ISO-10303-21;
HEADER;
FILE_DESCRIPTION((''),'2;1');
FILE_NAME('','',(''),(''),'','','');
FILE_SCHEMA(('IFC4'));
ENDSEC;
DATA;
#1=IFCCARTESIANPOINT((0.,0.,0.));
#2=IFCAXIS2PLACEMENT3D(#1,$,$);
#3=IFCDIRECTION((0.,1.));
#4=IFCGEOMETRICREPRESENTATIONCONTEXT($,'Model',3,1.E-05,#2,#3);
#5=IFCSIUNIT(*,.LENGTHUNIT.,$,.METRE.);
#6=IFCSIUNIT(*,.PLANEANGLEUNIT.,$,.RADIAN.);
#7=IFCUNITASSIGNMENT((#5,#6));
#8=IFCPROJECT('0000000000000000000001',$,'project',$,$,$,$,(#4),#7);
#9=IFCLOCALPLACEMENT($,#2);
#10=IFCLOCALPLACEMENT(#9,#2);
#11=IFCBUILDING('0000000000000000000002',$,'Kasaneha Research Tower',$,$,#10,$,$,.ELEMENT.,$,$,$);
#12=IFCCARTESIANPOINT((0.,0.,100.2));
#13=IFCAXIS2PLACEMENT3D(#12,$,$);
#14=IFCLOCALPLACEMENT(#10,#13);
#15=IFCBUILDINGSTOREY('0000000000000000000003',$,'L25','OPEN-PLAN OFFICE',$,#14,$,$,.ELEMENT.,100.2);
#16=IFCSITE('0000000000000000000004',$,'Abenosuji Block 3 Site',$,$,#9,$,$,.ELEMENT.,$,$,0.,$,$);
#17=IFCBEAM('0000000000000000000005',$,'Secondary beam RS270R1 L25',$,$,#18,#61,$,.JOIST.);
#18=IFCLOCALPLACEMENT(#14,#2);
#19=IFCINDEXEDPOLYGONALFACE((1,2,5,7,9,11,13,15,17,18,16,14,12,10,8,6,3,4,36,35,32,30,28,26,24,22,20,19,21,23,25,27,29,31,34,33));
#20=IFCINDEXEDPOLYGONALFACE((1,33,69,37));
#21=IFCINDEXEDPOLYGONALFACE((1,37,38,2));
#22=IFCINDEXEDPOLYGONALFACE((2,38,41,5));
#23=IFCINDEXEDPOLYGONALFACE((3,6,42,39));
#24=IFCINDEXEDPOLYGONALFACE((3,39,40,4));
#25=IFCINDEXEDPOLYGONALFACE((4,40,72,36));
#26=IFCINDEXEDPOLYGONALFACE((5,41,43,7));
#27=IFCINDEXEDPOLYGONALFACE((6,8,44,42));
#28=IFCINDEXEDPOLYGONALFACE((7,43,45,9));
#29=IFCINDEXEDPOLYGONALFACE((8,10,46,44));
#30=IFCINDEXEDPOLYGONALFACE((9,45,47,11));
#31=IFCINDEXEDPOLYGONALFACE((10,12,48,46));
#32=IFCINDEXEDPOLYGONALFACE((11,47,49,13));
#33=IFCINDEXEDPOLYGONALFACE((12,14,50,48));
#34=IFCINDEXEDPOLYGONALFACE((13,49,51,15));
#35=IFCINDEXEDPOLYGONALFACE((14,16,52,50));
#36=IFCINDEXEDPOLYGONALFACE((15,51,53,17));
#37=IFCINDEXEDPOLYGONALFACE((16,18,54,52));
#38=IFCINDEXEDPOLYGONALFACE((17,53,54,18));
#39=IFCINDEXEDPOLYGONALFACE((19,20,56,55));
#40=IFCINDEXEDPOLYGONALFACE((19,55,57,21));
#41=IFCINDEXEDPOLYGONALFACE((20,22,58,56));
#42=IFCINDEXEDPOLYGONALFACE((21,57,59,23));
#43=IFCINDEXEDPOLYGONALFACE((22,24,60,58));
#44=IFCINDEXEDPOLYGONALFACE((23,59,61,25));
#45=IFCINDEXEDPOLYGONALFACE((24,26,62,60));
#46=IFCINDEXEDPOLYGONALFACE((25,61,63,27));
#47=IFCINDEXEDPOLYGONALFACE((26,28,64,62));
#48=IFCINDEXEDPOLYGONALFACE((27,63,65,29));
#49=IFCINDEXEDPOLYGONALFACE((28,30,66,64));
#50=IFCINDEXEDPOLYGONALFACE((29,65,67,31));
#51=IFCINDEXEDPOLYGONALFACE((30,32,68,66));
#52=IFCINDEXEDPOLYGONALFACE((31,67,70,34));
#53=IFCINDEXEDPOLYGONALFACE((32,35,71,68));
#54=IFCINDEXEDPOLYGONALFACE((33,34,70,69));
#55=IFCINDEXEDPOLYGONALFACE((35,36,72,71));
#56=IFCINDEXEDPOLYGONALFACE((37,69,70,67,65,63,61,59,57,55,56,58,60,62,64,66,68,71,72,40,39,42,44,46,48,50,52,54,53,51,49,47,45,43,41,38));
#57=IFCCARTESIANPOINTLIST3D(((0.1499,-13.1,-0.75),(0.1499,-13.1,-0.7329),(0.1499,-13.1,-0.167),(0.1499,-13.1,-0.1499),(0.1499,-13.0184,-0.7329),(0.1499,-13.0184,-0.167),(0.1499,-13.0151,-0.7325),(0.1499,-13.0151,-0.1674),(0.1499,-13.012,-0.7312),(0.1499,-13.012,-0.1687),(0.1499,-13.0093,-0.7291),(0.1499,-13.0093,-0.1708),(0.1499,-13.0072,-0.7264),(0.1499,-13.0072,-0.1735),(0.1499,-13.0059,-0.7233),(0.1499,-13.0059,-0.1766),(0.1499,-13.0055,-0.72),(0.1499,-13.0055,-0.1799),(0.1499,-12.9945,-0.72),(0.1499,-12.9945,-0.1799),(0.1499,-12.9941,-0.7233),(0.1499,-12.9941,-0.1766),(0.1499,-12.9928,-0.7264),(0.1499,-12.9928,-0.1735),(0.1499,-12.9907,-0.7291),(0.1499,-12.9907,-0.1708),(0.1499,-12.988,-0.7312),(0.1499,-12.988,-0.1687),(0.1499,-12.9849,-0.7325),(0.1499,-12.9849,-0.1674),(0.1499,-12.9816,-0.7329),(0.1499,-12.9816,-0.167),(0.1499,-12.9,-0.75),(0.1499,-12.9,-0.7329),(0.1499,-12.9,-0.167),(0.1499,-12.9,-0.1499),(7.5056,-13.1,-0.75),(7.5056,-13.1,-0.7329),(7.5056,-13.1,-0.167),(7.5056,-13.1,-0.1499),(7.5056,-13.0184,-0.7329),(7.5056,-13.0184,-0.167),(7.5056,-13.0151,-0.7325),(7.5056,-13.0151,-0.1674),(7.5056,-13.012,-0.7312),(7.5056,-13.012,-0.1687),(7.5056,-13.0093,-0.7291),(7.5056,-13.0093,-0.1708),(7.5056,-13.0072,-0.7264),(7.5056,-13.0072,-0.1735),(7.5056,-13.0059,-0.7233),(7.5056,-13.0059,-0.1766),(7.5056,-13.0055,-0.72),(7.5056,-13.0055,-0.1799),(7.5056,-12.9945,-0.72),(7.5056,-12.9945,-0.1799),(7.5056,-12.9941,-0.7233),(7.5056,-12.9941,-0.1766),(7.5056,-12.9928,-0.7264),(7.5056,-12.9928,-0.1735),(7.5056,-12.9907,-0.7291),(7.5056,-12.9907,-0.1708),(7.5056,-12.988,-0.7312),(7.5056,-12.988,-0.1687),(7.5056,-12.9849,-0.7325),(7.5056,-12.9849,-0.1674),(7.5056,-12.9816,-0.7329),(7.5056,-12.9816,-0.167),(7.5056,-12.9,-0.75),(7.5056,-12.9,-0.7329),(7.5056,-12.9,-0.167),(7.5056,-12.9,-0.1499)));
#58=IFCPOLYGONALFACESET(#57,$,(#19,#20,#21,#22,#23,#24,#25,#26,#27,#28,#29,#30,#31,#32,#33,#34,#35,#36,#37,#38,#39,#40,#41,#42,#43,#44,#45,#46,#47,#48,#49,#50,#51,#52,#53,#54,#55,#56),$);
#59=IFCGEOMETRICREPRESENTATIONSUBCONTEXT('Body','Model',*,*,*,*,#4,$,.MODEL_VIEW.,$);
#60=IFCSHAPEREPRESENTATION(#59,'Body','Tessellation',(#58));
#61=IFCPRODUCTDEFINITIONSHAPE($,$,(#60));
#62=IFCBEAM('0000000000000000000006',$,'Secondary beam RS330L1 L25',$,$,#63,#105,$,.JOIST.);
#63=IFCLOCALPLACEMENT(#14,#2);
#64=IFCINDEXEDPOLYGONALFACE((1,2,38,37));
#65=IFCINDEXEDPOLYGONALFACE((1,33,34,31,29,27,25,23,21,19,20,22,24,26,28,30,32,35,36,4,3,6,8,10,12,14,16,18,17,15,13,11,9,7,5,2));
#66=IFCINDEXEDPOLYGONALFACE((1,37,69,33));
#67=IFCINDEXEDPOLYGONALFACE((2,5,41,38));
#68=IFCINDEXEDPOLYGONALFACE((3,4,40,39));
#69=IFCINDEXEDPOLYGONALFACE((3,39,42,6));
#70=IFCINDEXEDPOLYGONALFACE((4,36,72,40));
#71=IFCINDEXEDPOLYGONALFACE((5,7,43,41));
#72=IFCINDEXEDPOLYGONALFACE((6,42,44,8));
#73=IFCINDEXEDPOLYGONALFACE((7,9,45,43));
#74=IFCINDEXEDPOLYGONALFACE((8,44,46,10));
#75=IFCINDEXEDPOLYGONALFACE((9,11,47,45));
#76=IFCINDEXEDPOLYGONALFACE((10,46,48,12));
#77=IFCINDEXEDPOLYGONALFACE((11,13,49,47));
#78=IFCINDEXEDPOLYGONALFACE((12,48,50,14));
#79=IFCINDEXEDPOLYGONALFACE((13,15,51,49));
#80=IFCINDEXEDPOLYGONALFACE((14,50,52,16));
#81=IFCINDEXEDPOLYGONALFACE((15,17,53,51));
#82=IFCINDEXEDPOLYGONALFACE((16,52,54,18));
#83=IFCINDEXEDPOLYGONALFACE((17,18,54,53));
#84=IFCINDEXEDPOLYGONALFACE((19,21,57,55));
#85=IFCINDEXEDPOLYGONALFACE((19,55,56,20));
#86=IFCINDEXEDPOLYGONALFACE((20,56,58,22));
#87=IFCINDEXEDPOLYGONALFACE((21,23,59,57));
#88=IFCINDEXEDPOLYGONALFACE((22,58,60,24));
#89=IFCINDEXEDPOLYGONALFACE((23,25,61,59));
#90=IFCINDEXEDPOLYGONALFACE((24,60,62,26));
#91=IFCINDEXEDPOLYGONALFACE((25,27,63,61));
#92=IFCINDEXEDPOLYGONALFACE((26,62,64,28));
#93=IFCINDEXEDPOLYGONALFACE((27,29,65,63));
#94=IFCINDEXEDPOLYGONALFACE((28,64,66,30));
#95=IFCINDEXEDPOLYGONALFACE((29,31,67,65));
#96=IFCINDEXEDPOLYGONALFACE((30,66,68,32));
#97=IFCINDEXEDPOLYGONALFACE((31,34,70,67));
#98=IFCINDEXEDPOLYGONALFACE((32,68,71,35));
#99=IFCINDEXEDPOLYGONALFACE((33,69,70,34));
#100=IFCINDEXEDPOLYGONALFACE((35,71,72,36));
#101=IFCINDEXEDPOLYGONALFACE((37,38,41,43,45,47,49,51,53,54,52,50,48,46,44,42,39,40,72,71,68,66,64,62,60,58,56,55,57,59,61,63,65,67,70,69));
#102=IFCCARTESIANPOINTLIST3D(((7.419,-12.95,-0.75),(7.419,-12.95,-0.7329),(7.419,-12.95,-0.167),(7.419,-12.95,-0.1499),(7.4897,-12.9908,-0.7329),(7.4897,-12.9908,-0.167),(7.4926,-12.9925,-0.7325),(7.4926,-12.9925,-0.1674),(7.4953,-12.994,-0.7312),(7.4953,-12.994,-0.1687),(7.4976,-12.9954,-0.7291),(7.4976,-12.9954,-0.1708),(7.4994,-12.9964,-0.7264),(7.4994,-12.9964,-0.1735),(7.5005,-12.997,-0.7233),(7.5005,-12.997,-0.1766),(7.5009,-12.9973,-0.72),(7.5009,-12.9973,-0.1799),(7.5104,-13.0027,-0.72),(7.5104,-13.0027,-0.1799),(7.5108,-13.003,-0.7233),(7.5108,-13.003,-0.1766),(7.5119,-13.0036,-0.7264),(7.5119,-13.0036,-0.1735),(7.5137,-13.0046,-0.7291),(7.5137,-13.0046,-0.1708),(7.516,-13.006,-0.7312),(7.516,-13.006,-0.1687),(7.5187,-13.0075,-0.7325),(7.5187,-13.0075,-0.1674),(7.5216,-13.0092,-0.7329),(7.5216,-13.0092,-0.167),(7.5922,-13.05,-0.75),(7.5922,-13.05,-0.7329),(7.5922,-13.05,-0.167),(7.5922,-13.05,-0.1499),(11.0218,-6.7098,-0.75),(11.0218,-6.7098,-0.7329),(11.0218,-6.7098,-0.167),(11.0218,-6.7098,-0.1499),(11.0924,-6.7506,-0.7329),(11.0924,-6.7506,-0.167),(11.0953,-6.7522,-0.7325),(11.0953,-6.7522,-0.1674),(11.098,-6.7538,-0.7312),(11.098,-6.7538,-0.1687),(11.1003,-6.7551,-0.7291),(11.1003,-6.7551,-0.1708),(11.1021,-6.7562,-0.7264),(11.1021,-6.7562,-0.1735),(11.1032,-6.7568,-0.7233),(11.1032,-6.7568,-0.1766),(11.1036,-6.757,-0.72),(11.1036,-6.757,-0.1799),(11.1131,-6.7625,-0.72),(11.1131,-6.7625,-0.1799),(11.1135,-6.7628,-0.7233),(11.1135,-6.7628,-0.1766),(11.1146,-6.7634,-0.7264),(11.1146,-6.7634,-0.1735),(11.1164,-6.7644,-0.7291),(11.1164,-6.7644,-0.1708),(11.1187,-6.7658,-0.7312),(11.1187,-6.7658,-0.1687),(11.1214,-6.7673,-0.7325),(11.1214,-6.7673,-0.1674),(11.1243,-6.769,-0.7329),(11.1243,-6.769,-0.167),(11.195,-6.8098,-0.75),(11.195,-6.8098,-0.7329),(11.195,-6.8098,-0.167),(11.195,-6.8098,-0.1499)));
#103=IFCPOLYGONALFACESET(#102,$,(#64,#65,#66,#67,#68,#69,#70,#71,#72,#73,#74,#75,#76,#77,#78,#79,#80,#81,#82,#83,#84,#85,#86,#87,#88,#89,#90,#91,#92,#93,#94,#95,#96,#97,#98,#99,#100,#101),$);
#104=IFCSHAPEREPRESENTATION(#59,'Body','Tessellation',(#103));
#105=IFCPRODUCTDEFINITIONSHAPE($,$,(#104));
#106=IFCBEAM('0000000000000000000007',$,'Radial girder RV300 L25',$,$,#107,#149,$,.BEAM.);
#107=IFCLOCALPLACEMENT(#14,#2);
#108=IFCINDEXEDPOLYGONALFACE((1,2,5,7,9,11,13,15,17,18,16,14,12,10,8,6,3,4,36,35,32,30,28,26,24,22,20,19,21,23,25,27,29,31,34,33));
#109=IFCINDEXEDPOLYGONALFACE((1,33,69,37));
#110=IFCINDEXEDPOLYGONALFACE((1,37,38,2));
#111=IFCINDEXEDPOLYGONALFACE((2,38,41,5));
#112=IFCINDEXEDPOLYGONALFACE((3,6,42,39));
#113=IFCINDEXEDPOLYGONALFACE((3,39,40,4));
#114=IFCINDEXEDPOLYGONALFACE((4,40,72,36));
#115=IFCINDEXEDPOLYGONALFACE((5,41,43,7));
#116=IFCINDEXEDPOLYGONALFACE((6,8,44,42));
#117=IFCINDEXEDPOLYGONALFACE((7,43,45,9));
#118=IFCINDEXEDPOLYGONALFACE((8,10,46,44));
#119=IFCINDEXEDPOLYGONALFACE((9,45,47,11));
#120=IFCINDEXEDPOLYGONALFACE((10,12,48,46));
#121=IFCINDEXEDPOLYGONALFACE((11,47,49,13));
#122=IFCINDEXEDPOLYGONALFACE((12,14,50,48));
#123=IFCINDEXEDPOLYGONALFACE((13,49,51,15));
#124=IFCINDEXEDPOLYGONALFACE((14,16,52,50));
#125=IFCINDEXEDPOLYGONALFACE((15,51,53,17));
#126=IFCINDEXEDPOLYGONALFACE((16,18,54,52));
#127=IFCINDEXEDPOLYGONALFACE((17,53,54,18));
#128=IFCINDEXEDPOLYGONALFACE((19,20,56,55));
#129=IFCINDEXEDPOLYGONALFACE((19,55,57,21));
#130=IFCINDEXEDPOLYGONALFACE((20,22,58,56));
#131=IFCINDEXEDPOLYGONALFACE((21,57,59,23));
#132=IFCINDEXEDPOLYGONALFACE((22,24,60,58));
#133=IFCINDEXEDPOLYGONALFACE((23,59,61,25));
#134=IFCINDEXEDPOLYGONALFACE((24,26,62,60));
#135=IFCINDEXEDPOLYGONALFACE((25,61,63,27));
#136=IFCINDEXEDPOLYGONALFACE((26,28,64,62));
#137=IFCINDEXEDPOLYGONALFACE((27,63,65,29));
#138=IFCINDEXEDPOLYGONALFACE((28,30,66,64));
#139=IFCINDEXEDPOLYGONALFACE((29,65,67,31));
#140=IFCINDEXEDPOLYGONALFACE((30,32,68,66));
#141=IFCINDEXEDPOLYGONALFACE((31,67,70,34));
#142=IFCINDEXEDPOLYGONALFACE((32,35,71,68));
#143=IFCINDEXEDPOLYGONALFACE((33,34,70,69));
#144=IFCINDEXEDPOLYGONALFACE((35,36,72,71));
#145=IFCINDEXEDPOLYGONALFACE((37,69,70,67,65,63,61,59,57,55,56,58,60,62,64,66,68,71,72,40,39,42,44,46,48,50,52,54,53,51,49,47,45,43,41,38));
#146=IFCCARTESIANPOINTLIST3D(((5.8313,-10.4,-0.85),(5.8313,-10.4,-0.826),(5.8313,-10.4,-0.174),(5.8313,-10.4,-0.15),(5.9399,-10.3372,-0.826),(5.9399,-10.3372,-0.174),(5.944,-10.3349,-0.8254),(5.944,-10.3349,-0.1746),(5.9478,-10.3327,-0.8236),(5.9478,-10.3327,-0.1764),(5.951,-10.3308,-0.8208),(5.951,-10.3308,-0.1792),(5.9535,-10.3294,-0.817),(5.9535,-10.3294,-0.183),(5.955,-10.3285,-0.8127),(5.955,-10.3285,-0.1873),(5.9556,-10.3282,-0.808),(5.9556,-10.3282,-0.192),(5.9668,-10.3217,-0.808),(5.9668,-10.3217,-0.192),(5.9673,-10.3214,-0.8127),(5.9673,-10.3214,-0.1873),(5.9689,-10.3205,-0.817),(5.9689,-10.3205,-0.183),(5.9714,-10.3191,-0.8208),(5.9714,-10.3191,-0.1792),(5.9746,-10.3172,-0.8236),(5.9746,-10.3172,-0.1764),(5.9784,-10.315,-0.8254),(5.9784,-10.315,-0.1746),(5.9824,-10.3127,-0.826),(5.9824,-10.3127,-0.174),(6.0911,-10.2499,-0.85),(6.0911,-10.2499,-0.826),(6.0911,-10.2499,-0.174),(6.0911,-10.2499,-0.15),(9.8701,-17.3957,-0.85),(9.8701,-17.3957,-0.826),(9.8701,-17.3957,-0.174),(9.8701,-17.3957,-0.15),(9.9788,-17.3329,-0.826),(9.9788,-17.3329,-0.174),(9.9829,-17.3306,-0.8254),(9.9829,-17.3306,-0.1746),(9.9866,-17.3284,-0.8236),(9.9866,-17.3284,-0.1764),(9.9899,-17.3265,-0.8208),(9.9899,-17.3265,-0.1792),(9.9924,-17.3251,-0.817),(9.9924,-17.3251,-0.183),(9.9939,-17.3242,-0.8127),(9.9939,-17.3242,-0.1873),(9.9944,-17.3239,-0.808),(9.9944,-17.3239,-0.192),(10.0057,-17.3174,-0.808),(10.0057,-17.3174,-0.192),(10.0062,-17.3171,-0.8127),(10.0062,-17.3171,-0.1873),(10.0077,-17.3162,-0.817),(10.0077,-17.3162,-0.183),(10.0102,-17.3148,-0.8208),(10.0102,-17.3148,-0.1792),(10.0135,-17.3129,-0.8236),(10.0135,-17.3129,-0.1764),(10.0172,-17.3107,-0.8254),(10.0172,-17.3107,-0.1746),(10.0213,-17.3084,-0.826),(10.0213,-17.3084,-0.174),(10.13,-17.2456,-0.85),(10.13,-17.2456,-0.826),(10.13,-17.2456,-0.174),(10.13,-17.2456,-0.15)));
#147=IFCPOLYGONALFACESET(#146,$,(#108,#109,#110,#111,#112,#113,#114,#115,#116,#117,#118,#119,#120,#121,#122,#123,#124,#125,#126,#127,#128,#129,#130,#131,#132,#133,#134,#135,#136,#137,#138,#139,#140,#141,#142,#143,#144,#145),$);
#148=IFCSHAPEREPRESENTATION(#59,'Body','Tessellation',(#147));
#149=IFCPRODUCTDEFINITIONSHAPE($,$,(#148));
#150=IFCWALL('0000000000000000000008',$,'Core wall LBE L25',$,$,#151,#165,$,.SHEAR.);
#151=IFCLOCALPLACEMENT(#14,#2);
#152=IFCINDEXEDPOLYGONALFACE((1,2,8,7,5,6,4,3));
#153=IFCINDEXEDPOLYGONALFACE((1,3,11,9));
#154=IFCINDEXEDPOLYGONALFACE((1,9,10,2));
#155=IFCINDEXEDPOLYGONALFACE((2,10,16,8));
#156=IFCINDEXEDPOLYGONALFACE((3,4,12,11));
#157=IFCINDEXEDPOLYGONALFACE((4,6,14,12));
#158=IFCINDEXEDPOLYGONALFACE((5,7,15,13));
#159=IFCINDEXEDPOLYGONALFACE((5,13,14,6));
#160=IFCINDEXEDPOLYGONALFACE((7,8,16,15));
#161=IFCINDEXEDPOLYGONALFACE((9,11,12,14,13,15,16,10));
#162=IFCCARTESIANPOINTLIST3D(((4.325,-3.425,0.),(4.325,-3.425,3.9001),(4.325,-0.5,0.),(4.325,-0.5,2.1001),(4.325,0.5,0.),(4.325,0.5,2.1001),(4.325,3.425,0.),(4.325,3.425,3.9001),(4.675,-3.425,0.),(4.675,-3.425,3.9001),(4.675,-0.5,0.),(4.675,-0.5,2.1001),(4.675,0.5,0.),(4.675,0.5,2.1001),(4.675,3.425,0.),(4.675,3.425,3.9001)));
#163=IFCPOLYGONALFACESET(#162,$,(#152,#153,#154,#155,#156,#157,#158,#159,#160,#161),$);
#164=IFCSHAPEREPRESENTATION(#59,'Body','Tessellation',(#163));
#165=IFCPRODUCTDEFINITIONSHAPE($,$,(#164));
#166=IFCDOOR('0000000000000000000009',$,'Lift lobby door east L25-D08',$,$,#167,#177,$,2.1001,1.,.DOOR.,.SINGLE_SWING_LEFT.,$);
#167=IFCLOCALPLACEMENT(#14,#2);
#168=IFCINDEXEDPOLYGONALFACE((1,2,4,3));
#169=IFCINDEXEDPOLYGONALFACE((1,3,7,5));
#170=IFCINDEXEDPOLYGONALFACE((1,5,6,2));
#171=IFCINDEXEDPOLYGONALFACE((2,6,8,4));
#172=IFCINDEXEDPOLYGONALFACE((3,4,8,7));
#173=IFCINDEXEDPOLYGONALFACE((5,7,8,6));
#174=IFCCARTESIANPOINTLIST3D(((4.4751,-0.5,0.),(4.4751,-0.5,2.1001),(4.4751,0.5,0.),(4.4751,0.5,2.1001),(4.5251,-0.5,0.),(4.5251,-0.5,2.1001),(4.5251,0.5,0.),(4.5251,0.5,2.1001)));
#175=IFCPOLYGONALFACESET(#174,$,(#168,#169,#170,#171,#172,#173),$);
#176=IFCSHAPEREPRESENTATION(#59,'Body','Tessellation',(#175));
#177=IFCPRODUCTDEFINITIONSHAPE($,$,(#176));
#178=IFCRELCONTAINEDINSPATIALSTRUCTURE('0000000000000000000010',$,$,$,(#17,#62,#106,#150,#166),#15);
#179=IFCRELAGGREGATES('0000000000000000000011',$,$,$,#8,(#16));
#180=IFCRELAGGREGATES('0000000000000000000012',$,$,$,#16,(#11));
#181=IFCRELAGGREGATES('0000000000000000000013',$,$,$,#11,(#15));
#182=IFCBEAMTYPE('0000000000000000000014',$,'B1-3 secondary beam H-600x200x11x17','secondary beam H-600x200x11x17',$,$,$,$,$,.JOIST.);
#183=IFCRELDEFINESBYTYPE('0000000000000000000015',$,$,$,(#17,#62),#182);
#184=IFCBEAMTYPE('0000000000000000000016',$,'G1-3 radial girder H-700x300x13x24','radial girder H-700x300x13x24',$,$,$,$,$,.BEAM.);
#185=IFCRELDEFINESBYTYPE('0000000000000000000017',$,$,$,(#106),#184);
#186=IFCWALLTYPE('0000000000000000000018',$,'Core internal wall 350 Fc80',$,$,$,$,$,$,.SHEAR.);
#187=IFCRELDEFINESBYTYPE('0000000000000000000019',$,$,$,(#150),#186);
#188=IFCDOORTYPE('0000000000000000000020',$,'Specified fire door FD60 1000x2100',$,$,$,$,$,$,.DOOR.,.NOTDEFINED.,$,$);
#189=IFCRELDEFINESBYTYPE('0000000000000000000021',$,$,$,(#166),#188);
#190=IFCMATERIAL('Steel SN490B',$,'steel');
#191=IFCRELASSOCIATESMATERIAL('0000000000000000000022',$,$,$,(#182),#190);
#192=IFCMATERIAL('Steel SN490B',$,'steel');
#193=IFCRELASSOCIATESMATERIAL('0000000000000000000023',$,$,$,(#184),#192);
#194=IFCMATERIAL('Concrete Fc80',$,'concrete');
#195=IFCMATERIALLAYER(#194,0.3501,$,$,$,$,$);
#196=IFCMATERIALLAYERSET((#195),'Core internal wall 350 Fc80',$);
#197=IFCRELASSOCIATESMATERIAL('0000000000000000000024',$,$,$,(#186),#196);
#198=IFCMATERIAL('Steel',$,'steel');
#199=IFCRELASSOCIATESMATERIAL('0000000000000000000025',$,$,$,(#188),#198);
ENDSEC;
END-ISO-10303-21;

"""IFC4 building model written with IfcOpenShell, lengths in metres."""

from ifc_helpers import new_model, si_unit, direction, frame, frame_2d, origin, origin_2d, place, context, subcontext, project, spatial, rectangle, i_section, extrude, material, layer, layer_set, material_profile, profile_set, type_object, element, fill, save


model = new_model("IFC4")

# Units and contexts
model_context = context("Model", 3, precision=1e-05, world=origin(), true_north=direction((0.0, 1.0)))
body_context = subcontext(model_context, "Body", "Model", "MODEL_VIEW")
ifc_project = project(units=[si_unit("LENGTHUNIT", "METRE"), si_unit("PLANEANGLEUNIT", "RADIAN")], contexts=[model_context])

# Site, building, storey
site_placement = place(None, origin())
site = spatial("IfcSite", under=ifc_project, at=site_placement, Name="Abenosuji Block 3 Site", CompositionType="ELEMENT", RefElevation=0.0)
building_placement = place(site_placement, origin())
building = spatial("IfcBuilding", under=site, at=building_placement, Name="Kasaneha Research Tower", CompositionType="ELEMENT")
storey_placement = place(building_placement, frame((0.0, 0.0, 100.2)))
storey = spatial("IfcBuildingStorey", under=building, at=storey_placement, Name="L25", Description="OPEN-PLAN OFFICE", CompositionType="ELEMENT", Elevation=100.2)

# Beams
ifc_material_1 = material(Name="Steel SN490B", Category="steel")
ifc_material_profile_1 = material_profile(ifc_material_1, i_section(OverallWidth=0.2, OverallDepth=0.6001, WebThickness=0.011, FlangeThickness=0.0171, FilletRadius=0.0129, at=origin_2d()), Name="H-600x200x11x17")
ifc_profile_set_1 = profile_set([ifc_material_profile_1], Name="Steel SN490B")
beam_type_1 = type_object("IfcBeamType", Name="B1-3 secondary beam H-600x200x11x17", Description="secondary beam H-600x200x11x17", PredefinedType="JOIST", material=ifc_profile_set_1)
beam_1_placement = place(storey_placement, frame((7.5056, -13.0, -0.45), z_axis=(-1.0, 0.0, 0.0), x_axis=(0.0, -1.0, 0.0)))
element("IfcBeam", 1, at=beam_1_placement, inside=storey, type_object=beam_type_1, Name="Secondary beam RS270R1 L25", PredefinedType="JOIST", context=body_context, shape_type="SweptSolid", body=[
    extrude(i_section(OverallWidth=0.2, OverallDepth=0.6001, WebThickness=0.011, FlangeThickness=0.0171, FilletRadius=0.0129, at=origin_2d()), origin(), (0.0, 0.0, 1.0), 7.3557),
])
beam_2_placement = place(storey_placement, frame((7.5056, -13.0, -0.45), z_axis=(0.499998, 0.866026, 0.0), x_axis=(-0.866026, 0.499998, 0.0)))
element("IfcBeam", 2, at=beam_2_placement, inside=storey, type_object=beam_type_1, Name="Secondary beam RS330L1 L25", PredefinedType="JOIST", context=body_context, shape_type="SweptSolid", body=[
    extrude(i_section(OverallWidth=0.2, OverallDepth=0.6001, WebThickness=0.011, FlangeThickness=0.0171, FilletRadius=0.0129, at=origin_2d()), origin(), (0.0, 0.0, 1.0), 7.2056),
])
ifc_material_2 = material(Name="Steel SN490B", Category="steel")
ifc_material_profile_2 = material_profile(ifc_material_2, i_section(OverallWidth=0.3, OverallDepth=0.7, WebThickness=0.0129, FlangeThickness=0.0239, FilletRadius=0.0181, at=origin_2d()), Name="H-700x300x13x24")
ifc_profile_set_2 = profile_set([ifc_material_profile_2], Name="Steel SN490B")
beam_type_2 = type_object("IfcBeamType", Name="G1-3 radial girder H-700x300x13x24", Description="radial girder H-700x300x13x24", PredefinedType="BEAM", material=ifc_profile_set_2)
beam_3_placement = place(storey_placement, frame((5.9612, -10.325, -0.5), z_axis=(0.499991, -0.866031, 0.0), x_axis=(0.866031, 0.499991, 0.0)))
element("IfcBeam", 3, at=beam_3_placement, inside=storey, type_object=beam_type_2, Name="Radial girder RV300 L25", PredefinedType="BEAM", context=body_context, shape_type="SweptSolid", body=[
    extrude(i_section(OverallWidth=0.3, OverallDepth=0.7, WebThickness=0.0129, FlangeThickness=0.0239, FilletRadius=0.0181, at=origin_2d()), origin(), (0.0, 0.0, 1.0), 8.0779),
])

# Wall, opening, door
ifc_material_3 = material(Name="Concrete Fc80", Category="concrete")
ifc_layer_1 = layer(ifc_material_3, 0.3501)
ifc_layer_set_1 = layer_set([ifc_layer_1], Name="Core internal wall 350 Fc80")
wall_type_1 = type_object("IfcWallType", Name="Core internal wall 350 Fc80", PredefinedType="SHEAR", material=ifc_layer_set_1)
wall_1_placement = place(storey_placement, frame((4.5, -3.425, 0.0), z_axis=(0.0, 0.0, 1.0), x_axis=(0.0, 1.0, 0.0)))
wall_1 = element("IfcWall", 4, at=wall_1_placement, inside=storey, type_object=wall_type_1, Name="Core wall LBE L25", PredefinedType="SHEAR", context=body_context, shape_type="SweptSolid", body=[
    extrude(rectangle(XDim=6.8501, YDim=0.3501, at=frame_2d((3.425, 0.0))), origin(), (0.0, 0.0, 1.0), 3.9001),
])
opening_1_placement = place(wall_1_placement, frame((2.925, 0.0, 0.0)))
opening_1 = element("IfcOpeningElement", 5, at=opening_1_placement, cuts=wall_1, PredefinedType="OPENING", context=body_context, shape_type="SweptSolid", body=[
    extrude(rectangle(XDim=1.0, YDim=2.1001, at=frame_2d((0.5, 1.05))), frame((0.0, 0.1851, 0.0), z_axis=(0.0, -1.0, 0.0), x_axis=(1.0, 0.0, 0.0)), (0.0, 0.0, 1.0), 0.3701),
])
ifc_material_4 = material(Name="Steel", Category="steel")
door_type_1 = type_object("IfcDoorType", Name="Specified fire door FD60 1000x2100", OperationType="NOTDEFINED", PredefinedType="DOOR", material=ifc_material_4)
door_1_placement = place(opening_1_placement, origin())
door_1 = element("IfcDoor", 6, at=door_1_placement, inside=storey, type_object=door_type_1, Name="Lift lobby door east L25-D08", OperationType="SINGLE_SWING_LEFT", OverallHeight=2.1001, OverallWidth=1.0, PredefinedType="DOOR", context=body_context, shape_type="SweptSolid", body=[
    extrude(rectangle(XDim=1.0, YDim=2.1001, at=frame_2d((0.5, 1.05))), frame((0.0, 0.0249, 0.0), z_axis=(0.0, -1.0, 0.0), x_axis=(1.0, 0.0, 0.0)), (0.0, 0.0, 1.0), 0.05),
])
fill(opening_1, door_1)

save(model, "model.ifc")
